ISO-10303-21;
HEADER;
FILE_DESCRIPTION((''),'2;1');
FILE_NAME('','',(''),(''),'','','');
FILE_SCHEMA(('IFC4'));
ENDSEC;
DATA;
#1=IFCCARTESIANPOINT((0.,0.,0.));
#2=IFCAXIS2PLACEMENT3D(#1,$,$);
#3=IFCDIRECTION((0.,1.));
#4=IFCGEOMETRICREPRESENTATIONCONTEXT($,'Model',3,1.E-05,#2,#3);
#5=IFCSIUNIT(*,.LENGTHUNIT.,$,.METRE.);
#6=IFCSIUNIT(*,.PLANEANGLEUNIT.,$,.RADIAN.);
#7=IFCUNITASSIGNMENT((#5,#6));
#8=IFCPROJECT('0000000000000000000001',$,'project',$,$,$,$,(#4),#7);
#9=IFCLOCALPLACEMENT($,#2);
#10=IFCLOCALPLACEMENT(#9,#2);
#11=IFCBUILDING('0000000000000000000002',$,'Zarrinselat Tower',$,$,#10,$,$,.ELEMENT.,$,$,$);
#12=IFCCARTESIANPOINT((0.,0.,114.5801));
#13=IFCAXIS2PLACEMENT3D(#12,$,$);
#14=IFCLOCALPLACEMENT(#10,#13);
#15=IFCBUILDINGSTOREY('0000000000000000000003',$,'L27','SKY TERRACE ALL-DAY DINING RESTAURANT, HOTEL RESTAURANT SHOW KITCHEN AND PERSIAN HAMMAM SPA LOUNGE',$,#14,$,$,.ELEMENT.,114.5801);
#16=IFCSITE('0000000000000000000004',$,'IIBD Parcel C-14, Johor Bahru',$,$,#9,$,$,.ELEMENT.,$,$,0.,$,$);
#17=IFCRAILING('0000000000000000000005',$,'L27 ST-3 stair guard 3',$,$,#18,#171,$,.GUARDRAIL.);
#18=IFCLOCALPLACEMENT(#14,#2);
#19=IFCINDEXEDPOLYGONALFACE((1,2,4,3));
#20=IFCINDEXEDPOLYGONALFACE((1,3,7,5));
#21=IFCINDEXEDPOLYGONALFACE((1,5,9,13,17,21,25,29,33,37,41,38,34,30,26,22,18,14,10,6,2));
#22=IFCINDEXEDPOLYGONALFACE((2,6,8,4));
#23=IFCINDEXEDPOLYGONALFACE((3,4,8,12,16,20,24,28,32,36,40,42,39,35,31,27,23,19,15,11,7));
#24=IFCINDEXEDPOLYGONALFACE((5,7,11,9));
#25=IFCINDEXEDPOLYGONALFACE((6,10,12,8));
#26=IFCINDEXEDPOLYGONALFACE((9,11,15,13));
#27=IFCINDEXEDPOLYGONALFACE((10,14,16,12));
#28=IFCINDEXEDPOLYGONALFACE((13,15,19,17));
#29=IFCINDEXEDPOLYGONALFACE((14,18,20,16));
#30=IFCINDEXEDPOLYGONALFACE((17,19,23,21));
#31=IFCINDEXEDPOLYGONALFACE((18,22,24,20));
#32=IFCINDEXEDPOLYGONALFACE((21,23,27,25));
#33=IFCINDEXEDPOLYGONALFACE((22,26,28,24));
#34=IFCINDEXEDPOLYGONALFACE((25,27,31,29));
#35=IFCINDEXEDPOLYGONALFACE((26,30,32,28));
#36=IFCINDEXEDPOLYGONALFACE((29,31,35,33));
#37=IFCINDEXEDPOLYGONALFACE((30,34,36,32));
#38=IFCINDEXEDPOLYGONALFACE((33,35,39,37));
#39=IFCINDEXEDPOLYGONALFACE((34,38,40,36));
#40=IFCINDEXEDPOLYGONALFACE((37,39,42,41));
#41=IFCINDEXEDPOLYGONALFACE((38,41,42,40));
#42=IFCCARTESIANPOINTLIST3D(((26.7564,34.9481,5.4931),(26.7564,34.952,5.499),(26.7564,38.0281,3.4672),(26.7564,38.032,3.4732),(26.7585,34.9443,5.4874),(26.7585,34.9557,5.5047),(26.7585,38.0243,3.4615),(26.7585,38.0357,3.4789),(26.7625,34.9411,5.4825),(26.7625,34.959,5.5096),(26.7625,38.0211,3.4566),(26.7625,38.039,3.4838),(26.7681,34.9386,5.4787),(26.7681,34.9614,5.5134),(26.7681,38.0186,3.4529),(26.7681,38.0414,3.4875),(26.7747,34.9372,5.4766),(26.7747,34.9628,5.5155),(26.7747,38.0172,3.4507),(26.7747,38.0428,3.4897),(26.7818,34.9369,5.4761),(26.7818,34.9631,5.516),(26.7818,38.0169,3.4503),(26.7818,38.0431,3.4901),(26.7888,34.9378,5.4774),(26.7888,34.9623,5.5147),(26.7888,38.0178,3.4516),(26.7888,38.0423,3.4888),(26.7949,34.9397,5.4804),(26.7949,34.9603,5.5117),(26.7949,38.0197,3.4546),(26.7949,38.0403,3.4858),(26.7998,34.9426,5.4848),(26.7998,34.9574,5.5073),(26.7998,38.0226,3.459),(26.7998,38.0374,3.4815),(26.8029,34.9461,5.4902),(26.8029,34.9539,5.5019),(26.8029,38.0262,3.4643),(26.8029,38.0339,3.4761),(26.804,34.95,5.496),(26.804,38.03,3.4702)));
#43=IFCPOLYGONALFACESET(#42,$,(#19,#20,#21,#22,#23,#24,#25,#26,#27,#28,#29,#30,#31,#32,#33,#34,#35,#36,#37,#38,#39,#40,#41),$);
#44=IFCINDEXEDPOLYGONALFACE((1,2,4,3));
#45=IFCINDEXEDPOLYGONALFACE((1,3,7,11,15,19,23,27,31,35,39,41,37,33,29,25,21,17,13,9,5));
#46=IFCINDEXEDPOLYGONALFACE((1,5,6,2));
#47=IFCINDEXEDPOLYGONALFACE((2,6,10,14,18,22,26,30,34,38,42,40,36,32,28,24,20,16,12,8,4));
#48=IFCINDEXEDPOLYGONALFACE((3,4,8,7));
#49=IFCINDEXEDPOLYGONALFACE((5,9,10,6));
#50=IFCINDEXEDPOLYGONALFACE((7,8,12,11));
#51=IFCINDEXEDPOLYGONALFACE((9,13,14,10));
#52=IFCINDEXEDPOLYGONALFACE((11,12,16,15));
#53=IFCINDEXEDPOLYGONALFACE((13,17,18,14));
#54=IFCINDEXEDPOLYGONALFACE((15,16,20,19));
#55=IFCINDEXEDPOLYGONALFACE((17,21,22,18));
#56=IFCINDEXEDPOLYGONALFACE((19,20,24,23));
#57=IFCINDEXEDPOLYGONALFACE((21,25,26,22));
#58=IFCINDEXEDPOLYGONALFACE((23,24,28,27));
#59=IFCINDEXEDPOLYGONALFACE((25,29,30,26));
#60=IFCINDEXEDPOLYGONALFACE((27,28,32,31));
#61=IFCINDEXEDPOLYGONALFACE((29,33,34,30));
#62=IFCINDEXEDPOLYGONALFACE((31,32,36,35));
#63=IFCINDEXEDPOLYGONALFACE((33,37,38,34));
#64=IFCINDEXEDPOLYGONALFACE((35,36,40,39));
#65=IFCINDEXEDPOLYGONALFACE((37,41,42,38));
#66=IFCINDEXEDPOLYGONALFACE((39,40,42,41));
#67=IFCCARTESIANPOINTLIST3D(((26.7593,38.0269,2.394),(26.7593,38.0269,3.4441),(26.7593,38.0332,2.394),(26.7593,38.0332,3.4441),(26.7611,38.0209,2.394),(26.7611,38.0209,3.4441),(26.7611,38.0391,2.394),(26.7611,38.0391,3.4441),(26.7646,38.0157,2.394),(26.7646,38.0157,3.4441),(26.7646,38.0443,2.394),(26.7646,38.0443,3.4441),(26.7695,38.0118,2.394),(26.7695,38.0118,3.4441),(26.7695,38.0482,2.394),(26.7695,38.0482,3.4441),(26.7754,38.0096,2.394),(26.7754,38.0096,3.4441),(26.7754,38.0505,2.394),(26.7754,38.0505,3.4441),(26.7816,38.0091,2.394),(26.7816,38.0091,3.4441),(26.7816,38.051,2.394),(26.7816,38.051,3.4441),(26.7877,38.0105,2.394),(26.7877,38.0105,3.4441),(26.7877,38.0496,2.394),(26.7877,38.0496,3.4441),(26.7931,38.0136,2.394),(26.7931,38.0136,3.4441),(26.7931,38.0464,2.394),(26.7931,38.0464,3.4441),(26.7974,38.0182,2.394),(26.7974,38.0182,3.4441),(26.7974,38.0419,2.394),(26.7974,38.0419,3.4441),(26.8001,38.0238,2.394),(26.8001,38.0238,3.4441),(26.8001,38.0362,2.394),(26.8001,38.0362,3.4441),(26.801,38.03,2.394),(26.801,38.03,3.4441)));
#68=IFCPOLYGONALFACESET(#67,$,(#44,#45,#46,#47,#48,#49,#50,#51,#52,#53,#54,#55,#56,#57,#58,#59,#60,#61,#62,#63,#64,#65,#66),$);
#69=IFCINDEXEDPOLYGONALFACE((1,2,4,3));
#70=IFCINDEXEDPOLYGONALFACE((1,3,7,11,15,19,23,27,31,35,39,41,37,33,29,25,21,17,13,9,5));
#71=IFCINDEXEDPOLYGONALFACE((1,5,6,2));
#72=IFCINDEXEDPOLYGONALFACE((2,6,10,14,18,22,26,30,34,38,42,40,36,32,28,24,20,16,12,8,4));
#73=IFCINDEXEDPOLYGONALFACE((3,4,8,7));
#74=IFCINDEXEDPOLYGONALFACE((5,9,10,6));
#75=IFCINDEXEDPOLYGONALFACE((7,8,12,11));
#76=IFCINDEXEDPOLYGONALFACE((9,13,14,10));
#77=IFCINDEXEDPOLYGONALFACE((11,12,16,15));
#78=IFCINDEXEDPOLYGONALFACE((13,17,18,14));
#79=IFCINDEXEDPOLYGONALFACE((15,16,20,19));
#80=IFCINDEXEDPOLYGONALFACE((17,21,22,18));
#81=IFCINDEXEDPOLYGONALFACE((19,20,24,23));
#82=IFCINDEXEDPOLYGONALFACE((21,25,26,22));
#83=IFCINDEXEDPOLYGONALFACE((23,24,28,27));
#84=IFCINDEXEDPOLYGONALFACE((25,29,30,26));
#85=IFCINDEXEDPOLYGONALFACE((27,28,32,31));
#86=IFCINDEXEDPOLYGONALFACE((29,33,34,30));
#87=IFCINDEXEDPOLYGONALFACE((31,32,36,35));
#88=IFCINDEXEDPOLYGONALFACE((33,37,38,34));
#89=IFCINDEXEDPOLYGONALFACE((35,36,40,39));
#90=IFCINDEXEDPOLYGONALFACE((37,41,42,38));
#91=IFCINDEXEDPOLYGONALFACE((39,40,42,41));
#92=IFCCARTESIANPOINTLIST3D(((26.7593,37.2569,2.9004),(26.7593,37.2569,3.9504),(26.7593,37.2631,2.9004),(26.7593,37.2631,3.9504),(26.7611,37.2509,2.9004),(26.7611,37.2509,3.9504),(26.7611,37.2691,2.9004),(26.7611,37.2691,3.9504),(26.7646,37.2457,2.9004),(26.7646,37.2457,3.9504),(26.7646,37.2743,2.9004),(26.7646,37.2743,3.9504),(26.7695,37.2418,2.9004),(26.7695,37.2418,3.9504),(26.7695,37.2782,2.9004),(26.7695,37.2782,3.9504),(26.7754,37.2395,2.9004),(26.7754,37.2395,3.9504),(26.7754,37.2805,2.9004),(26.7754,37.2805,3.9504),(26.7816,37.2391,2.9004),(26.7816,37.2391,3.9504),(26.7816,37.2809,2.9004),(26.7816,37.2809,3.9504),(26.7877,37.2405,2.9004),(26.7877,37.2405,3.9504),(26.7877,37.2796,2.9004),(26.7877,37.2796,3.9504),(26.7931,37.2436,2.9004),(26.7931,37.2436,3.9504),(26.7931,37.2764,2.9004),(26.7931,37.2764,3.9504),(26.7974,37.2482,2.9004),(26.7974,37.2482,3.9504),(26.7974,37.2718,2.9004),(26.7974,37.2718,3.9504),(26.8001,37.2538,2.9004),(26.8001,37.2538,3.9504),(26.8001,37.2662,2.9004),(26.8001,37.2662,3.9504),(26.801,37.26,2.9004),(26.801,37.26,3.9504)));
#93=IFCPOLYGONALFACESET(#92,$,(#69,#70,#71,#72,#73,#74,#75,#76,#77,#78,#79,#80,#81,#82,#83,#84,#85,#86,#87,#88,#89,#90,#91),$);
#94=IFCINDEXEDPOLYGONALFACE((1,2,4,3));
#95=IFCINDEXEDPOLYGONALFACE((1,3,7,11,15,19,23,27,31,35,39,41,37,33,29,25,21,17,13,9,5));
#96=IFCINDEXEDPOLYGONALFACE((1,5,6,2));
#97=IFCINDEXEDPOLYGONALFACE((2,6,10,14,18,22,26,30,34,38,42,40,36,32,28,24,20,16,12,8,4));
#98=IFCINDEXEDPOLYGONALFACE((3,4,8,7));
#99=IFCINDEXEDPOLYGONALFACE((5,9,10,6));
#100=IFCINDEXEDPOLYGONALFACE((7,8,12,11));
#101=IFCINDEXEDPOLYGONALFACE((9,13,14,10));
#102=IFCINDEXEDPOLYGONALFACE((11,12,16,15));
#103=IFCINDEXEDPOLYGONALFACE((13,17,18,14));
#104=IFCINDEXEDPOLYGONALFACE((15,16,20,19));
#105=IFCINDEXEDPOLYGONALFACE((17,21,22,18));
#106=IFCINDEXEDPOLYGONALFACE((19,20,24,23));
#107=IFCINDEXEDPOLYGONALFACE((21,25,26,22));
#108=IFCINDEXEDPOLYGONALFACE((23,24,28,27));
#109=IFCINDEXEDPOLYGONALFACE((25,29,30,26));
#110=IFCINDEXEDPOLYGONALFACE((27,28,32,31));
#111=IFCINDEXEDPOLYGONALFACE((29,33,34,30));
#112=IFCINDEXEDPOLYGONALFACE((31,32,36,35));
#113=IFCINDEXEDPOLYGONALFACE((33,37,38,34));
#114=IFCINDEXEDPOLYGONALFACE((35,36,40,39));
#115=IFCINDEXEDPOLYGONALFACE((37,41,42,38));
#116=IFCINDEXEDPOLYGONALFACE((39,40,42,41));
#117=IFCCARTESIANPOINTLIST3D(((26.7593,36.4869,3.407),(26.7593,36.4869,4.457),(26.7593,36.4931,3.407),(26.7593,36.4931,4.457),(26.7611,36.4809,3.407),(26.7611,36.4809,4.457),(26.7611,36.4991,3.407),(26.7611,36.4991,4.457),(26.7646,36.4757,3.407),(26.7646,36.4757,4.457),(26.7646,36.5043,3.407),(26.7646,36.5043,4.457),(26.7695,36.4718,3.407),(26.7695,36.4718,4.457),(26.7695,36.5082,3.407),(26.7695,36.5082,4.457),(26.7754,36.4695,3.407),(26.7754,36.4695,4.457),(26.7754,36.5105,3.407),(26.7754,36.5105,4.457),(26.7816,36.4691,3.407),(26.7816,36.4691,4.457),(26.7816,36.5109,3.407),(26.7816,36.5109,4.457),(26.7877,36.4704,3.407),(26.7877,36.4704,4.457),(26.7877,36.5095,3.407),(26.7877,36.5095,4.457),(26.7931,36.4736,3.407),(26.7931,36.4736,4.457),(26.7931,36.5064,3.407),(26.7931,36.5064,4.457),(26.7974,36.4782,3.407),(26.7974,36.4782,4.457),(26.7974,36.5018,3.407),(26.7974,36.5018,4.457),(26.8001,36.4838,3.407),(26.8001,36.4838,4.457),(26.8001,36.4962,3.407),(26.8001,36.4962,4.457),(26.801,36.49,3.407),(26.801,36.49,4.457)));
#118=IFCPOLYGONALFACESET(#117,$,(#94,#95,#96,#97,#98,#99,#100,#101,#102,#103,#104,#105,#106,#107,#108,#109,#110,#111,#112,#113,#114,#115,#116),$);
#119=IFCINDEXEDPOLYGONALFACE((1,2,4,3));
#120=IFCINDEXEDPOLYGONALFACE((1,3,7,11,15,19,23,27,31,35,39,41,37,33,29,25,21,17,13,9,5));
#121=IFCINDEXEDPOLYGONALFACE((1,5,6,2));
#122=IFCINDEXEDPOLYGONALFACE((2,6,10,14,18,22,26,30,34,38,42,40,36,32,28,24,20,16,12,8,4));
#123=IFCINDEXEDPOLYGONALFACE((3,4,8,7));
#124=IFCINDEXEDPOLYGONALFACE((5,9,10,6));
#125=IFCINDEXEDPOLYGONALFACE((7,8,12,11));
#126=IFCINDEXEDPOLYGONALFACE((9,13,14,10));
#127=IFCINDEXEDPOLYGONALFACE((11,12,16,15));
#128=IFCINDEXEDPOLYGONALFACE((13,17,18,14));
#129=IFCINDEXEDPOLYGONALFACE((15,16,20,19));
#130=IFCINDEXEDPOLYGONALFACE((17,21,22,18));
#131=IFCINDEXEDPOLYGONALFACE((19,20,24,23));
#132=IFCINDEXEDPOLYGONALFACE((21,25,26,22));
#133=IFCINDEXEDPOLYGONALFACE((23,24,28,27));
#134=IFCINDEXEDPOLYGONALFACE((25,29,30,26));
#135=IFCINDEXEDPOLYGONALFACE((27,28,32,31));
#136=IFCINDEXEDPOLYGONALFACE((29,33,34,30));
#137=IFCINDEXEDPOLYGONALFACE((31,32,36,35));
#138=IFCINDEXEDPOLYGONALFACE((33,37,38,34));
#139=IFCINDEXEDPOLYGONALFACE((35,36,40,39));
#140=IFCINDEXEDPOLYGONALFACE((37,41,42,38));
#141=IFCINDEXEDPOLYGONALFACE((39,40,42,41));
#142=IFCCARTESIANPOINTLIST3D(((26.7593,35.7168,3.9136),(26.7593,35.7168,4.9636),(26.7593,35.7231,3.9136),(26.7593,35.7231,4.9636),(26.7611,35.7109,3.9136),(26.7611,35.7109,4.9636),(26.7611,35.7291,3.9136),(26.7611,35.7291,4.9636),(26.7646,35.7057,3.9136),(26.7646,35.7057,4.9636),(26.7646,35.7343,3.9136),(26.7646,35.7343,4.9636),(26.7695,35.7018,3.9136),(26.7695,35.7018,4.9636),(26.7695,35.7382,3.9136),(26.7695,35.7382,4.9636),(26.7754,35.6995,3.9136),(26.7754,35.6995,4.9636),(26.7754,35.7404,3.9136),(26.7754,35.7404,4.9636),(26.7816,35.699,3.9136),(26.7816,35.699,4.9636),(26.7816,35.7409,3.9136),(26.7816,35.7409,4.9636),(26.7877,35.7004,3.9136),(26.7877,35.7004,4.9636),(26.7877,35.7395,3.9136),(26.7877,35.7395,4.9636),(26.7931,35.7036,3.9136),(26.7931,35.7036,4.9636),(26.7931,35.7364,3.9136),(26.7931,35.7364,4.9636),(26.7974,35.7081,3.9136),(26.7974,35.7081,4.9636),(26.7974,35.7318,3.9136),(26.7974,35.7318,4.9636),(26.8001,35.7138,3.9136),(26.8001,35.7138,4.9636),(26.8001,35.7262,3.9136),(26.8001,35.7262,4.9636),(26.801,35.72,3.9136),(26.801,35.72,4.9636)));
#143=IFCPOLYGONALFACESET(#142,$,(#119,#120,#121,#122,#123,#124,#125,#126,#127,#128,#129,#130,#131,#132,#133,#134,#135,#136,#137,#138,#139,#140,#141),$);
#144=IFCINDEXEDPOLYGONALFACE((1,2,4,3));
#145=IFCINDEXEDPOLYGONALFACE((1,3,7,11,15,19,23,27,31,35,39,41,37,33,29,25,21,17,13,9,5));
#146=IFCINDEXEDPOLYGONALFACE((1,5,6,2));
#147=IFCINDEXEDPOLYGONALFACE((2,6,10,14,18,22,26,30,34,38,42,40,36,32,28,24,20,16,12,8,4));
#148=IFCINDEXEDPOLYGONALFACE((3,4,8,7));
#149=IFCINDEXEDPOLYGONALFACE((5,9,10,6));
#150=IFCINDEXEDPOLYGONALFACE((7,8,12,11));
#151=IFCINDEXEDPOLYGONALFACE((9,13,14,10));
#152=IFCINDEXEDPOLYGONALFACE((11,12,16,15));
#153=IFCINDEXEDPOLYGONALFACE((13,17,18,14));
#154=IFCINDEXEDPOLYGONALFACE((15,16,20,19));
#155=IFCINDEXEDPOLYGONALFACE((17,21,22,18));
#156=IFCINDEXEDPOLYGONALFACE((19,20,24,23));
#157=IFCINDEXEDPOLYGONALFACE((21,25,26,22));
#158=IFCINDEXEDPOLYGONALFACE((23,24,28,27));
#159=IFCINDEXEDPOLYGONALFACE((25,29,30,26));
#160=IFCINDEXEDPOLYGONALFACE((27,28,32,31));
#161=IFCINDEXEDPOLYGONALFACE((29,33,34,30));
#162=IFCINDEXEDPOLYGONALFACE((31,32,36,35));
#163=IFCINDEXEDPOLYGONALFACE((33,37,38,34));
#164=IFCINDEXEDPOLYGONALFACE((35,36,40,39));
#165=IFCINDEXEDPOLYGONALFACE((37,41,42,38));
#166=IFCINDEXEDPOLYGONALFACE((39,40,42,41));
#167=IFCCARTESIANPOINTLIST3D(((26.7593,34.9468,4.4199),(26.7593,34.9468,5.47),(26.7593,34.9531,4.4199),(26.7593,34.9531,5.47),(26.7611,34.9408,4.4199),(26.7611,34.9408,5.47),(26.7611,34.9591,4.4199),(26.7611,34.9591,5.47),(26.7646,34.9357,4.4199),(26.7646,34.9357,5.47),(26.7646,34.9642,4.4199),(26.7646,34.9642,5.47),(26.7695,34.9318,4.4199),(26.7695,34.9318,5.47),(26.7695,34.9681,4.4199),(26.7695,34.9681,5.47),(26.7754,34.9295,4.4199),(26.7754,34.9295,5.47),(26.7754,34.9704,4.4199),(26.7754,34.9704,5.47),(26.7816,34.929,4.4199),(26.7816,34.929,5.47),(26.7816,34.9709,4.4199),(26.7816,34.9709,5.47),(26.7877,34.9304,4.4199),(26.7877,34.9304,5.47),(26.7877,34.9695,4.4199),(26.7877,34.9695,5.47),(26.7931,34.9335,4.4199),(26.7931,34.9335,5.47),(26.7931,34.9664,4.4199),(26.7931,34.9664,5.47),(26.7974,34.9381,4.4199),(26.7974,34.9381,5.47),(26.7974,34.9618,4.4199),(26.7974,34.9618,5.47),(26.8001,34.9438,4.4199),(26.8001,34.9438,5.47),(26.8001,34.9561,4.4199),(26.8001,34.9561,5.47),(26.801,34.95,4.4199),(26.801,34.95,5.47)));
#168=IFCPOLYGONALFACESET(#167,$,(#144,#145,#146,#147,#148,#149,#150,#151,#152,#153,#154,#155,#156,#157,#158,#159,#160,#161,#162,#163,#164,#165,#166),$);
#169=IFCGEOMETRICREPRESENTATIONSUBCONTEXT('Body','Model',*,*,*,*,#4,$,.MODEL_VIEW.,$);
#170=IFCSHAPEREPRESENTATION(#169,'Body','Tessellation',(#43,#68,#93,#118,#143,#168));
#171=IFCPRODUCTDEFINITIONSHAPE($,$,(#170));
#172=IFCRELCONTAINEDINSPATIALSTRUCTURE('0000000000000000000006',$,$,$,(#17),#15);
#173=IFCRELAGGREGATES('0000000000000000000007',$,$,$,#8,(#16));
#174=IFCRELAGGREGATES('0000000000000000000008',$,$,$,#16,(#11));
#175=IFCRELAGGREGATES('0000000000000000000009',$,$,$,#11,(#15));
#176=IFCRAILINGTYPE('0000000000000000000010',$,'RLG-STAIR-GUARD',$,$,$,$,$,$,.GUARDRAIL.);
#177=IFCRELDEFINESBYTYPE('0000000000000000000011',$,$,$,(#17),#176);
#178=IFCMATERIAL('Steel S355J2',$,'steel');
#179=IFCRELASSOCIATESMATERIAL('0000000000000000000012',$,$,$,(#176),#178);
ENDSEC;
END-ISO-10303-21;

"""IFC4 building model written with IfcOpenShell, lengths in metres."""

from ifc_helpers import new_model, si_unit, direction, frame, origin, origin_2d, place, context, subcontext, project, spatial, circle, extrude, material, type_object, element, save


model = new_model("IFC4")

# Units and contexts
model_context = context("Model", 3, precision=1e-05, world=origin(), true_north=direction((0.0, 1.0)))
body_context = subcontext(model_context, "Body", "Model", "MODEL_VIEW")
ifc_project = project(units=[si_unit("LENGTHUNIT", "METRE"), si_unit("PLANEANGLEUNIT", "RADIAN")], contexts=[model_context])

# Site, building, storey
site_placement = place(None, origin())
site = spatial("IfcSite", under=ifc_project, at=site_placement, Name="IIBD Parcel C-14, Johor Bahru", CompositionType="ELEMENT", RefElevation=0.0)
building_placement = place(site_placement, origin())
building = spatial("IfcBuilding", under=site, at=building_placement, Name="Zarrinselat Tower", CompositionType="ELEMENT")
storey_placement = place(building_placement, frame((0.0, 0.0, 114.5801)))
storey = spatial("IfcBuildingStorey", under=building, at=storey_placement, Name="L27", Description="SKY TERRACE ALL-DAY DINING RESTAURANT, HOTEL RESTAURANT SHOW KITCHEN AND PERSIAN HAMMAM SPA LOUNGE", CompositionType="ELEMENT", Elevation=114.5801)

# Railing
ifc_material_1 = material(Name="Steel S355J2", Category="steel")
railing_type_1 = type_object("IfcRailingType", Name="RLG-STAIR-GUARD", PredefinedType="GUARDRAIL", material=ifc_material_1)
railing_1_placement = place(storey_placement, frame((26.78, 38.03, 2.394)))
element("IfcRailing", 1, at=railing_1_placement, inside=storey, type_object=railing_type_1, Name="L27 ST-3 stair guard 3", PredefinedType="GUARDRAIL", context=body_context, shape_type="SweptSolid", body=[
    extrude(circle(Radius=0.0239, at=origin_2d()), frame((0.0, 0.0, 1.0762), z_axis=(0.0, -0.835478, 0.549524), x_axis=(1.0, 0.0, 0.0)), (0.0, 0.0, 1.0), 3.6865),
    extrude(circle(Radius=0.021, at=origin_2d()), origin(), (0.0, 0.0, 1.0), 1.05),
    extrude(circle(Radius=0.021, at=origin_2d()), frame((0.0, -0.77, 0.5063)), (0.0, 0.0, 1.0), 1.05),
    extrude(circle(Radius=0.021, at=origin_2d()), frame((0.0, -1.54, 1.0129)), (0.0, 0.0, 1.0), 1.05),
    extrude(circle(Radius=0.021, at=origin_2d()), frame((0.0, -2.3101, 1.5195)), (0.0, 0.0, 1.0), 1.05),
    extrude(circle(Radius=0.021, at=origin_2d()), frame((0.0, -3.0801, 2.0259)), (0.0, 0.0, 1.0), 1.05),
])

save(model, "model.ifc")
